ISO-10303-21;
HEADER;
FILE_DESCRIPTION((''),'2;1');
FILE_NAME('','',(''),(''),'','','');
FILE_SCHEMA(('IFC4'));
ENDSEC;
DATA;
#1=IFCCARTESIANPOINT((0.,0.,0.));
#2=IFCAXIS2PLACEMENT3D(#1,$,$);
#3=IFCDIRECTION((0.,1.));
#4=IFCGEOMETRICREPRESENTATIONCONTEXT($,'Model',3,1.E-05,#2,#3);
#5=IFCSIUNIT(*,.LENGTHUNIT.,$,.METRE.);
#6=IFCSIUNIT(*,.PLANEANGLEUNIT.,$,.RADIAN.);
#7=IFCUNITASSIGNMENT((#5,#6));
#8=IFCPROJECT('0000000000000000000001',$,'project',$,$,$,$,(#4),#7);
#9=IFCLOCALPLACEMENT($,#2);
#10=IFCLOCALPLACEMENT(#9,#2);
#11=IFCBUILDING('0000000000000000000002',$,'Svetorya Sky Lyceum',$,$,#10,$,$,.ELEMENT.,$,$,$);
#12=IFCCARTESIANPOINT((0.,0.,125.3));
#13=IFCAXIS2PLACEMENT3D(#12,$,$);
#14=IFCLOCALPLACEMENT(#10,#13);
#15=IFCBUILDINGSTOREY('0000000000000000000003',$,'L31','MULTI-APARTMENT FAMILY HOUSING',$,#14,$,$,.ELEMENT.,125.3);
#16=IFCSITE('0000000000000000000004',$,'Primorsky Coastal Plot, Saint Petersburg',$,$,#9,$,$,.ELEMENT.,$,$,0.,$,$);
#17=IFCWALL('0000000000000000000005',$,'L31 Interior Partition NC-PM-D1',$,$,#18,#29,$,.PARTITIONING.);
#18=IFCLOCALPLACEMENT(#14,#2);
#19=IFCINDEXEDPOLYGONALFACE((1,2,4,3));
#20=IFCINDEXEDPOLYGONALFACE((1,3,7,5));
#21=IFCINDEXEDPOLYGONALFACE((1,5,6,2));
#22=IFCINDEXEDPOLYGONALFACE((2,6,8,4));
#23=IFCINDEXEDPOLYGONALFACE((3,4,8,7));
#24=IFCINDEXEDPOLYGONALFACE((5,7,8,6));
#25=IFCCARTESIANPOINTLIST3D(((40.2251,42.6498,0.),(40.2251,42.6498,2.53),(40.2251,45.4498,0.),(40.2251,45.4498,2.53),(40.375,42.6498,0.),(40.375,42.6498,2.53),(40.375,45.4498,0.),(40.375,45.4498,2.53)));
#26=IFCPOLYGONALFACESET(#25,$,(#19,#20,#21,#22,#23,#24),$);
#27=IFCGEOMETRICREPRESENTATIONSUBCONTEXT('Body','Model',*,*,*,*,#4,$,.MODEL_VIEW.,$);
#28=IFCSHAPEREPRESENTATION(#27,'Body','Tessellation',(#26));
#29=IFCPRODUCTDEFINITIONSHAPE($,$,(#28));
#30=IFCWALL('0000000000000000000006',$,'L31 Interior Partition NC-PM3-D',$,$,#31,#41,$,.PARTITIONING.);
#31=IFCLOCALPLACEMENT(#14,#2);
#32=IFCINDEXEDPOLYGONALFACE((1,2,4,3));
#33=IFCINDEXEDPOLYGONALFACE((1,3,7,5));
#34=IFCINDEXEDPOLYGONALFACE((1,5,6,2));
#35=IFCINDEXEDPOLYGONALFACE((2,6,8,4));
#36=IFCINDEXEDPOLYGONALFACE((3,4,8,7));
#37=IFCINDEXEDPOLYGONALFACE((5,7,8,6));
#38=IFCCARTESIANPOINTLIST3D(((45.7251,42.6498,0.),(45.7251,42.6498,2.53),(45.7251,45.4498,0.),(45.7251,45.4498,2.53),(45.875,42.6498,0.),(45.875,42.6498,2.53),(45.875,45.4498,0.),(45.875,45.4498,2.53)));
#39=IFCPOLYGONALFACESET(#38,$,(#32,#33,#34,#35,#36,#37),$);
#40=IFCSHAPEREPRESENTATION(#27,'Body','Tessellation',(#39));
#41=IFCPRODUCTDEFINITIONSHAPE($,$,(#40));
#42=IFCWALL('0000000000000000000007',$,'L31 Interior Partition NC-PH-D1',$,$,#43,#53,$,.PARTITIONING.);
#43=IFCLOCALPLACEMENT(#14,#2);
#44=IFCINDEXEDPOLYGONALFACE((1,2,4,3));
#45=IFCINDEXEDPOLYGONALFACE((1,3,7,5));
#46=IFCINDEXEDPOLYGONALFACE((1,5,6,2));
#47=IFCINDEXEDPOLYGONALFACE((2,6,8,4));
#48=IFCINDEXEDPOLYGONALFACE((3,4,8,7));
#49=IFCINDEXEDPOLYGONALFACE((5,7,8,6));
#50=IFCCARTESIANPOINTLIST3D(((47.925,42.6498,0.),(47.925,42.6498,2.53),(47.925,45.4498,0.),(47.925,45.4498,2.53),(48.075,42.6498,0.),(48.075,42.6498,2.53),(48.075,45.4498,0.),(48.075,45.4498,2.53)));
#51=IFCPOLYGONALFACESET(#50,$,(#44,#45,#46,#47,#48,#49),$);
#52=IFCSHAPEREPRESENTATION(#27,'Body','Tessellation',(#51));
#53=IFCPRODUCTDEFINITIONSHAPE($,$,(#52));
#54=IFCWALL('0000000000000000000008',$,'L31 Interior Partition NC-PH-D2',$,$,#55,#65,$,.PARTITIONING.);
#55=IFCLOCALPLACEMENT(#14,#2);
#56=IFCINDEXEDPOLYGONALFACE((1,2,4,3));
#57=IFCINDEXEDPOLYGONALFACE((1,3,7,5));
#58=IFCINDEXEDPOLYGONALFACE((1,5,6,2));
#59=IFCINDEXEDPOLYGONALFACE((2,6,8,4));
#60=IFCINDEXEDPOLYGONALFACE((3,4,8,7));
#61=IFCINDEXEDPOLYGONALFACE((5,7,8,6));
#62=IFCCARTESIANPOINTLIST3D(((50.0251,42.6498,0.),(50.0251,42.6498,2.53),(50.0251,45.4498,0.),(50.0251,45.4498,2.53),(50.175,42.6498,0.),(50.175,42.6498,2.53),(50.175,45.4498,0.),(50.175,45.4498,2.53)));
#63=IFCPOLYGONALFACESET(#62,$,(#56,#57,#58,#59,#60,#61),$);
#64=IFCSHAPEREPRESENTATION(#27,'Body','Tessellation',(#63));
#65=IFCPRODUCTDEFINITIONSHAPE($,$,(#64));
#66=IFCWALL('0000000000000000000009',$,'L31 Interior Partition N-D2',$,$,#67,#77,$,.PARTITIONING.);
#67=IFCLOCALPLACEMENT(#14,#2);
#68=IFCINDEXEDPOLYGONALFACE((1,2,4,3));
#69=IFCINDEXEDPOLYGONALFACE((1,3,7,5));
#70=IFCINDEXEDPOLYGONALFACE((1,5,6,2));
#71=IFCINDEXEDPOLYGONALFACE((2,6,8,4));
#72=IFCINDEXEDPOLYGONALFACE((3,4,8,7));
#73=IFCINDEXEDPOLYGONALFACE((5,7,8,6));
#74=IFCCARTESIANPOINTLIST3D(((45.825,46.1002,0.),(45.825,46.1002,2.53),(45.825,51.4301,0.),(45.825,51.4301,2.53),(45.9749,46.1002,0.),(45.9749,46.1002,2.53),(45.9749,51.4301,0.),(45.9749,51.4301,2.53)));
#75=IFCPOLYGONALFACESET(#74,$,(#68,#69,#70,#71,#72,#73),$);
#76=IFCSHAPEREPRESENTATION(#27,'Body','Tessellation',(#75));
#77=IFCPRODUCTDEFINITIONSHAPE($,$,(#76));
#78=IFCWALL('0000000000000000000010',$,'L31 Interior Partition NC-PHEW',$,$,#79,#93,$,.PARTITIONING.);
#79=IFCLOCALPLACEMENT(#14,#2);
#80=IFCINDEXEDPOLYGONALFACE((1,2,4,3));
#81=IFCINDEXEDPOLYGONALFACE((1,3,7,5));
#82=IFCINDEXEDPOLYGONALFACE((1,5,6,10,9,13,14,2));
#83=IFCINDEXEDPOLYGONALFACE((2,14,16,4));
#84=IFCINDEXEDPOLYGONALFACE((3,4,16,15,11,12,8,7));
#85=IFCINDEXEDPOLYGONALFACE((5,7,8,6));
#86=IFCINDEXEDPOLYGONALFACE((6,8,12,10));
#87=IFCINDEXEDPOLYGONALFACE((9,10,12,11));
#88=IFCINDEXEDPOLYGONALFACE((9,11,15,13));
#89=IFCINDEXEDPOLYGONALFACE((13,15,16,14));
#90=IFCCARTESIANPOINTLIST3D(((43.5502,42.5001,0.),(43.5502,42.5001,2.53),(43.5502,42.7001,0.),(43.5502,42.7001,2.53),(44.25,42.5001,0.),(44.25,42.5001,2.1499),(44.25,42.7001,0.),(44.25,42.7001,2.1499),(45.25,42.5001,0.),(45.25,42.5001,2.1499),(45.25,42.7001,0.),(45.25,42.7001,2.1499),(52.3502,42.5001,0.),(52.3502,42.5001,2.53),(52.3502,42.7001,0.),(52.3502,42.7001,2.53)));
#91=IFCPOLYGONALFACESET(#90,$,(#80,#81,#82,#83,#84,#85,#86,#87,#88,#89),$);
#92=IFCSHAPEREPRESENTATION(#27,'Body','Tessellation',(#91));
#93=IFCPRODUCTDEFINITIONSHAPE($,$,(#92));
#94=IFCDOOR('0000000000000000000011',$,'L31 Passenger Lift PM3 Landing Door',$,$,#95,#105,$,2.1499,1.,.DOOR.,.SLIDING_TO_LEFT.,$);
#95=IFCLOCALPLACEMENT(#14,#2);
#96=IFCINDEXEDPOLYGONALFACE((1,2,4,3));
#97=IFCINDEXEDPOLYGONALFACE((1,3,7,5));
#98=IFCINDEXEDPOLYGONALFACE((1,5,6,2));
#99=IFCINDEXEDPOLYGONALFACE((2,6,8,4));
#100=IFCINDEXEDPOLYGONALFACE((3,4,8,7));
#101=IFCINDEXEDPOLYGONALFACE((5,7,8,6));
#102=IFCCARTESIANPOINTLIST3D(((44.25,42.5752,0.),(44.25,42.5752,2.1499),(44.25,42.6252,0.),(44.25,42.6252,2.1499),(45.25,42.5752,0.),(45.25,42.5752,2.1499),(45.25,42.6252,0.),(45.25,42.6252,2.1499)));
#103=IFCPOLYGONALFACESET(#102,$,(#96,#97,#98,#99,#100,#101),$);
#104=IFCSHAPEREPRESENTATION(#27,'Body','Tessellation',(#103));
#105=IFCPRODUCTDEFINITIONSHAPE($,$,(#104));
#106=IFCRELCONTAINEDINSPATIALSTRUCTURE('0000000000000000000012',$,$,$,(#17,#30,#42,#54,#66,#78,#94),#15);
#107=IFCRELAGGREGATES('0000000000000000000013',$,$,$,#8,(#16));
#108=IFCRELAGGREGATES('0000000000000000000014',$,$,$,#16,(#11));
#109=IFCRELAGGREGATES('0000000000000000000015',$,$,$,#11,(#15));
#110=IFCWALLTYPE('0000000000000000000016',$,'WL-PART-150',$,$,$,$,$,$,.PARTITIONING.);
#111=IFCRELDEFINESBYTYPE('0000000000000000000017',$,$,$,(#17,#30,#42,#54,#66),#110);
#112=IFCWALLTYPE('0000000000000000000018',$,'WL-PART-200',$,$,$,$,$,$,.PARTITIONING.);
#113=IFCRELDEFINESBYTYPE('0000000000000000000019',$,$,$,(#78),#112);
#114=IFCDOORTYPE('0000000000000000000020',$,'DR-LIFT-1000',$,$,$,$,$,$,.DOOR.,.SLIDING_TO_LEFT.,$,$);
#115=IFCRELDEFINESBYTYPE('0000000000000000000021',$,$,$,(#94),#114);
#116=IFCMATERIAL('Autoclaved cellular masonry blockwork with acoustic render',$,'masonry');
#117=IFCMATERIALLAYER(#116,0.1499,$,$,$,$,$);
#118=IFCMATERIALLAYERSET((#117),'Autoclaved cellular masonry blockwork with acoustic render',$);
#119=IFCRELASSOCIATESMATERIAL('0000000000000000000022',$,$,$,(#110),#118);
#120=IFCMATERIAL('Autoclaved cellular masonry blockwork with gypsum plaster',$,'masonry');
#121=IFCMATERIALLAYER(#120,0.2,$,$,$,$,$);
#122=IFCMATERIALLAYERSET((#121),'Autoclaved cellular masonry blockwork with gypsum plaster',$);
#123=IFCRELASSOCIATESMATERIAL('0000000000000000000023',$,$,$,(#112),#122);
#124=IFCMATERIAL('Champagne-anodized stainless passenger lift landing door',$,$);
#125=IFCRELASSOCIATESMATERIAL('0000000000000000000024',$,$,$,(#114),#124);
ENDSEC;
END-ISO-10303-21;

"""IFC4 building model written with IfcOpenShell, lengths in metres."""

from ifc_helpers import new_model, si_unit, direction, frame, frame_2d, origin, place, context, subcontext, project, spatial, rectangle, extrude, material, layer, layer_set, type_object, element, fill, save


model = new_model("IFC4")

# Units and contexts
model_context = context("Model", 3, precision=1e-05, world=origin(), true_north=direction((0.0, 1.0)))
body_context = subcontext(model_context, "Body", "Model", "MODEL_VIEW")
ifc_project = project(units=[si_unit("LENGTHUNIT", "METRE"), si_unit("PLANEANGLEUNIT", "RADIAN")], contexts=[model_context])

# Site, building, storey
site_placement = place(None, origin())
site = spatial("IfcSite", under=ifc_project, at=site_placement, Name="Primorsky Coastal Plot, Saint Petersburg", CompositionType="ELEMENT", RefElevation=0.0)
building_placement = place(site_placement, origin())
building = spatial("IfcBuilding", under=site, at=building_placement, Name="Svetorya Sky Lyceum", CompositionType="ELEMENT")
storey_placement = place(building_placement, frame((0.0, 0.0, 125.3)))
storey = spatial("IfcBuildingStorey", under=building, at=storey_placement, Name="L31", Description="MULTI-APARTMENT FAMILY HOUSING", CompositionType="ELEMENT", Elevation=125.3)

# Walls
ifc_material_1 = material(Name="Autoclaved cellular masonry blockwork with acoustic render", Category="masonry")
ifc_layer_1 = layer(ifc_material_1, 0.1499)
ifc_layer_set_1 = layer_set([ifc_layer_1], Name="Autoclaved cellular masonry blockwork with acoustic render")
wall_type_1 = type_object("IfcWallType", Name="WL-PART-150", PredefinedType="PARTITIONING", material=ifc_layer_set_1)
for number, where, z_axis, x_axis, name in (
    (1, (40.3, 42.6499, 0.0), (0.0, 0.0, 1.0), (0.0, 1.0, 0.0), "L31 Interior Partition NC-PM-D1"),
    (2, (45.8, 42.6499, 0.0), (0.0, 0.0, 1.0), (0.0, 1.0, 0.0), "L31 Interior Partition NC-PM3-D"),
    (3, (48.0, 42.6499, 0.0), (0.0, 0.0, 1.0), (0.0, 1.0, 0.0), "L31 Interior Partition NC-PH-D1"),
    (4, (50.1001, 42.6499, 0.0), (0.0, 0.0, 1.0), (0.0, 1.0, 0.0), "L31 Interior Partition NC-PH-D2"),
):
    element("IfcWall", number, at=place(storey_placement, frame(where, z_axis=z_axis, x_axis=x_axis)), inside=storey, type_object=wall_type_1, Name=name, PredefinedType="PARTITIONING", context=body_context, shape_type="SweptSolid", body=[
        extrude(rectangle(XDim=2.8, YDim=0.1499, at=frame_2d((1.3999, 0.0))), origin(), (0.0, 0.0, 1.0), 2.53),
    ])
wall_1_placement = place(storey_placement, frame((45.8999, 46.1001, 0.0), z_axis=(0.0, 0.0, 1.0), x_axis=(0.0, 1.0, 0.0)))
element("IfcWall", 5, at=wall_1_placement, inside=storey, type_object=wall_type_1, Name="L31 Interior Partition N-D2", PredefinedType="PARTITIONING", context=body_context, shape_type="SweptSolid", body=[
    extrude(rectangle(XDim=5.3298, YDim=0.1499, at=frame_2d((2.665, 0.0))), origin(), (0.0, 0.0, 1.0), 2.53),
])

# Wall, opening, door
ifc_material_2 = material(Name="Autoclaved cellular masonry blockwork with gypsum plaster", Category="masonry")
ifc_layer_2 = layer(ifc_material_2, 0.2)
ifc_layer_set_2 = layer_set([ifc_layer_2], Name="Autoclaved cellular masonry blockwork with gypsum plaster")
wall_type_2 = type_object("IfcWallType", Name="WL-PART-200", PredefinedType="PARTITIONING", material=ifc_layer_set_2)
wall_2_placement = place(storey_placement, frame((52.3501, 42.6001, 0.0), z_axis=(0.0, 0.0, 1.0), x_axis=(-1.0, 0.0, 0.0)))
wall_2 = element("IfcWall", 6, at=wall_2_placement, inside=storey, type_object=wall_type_2, Name="L31 Interior Partition NC-PHEW", PredefinedType="PARTITIONING", context=body_context, shape_type="SweptSolid", body=[
    extrude(rectangle(XDim=8.8, YDim=0.2, at=frame_2d((4.3999, 0.0))), origin(), (0.0, 0.0, 1.0), 2.53),
])
opening_1_placement = place(wall_2_placement, frame((7.1001, 0.0, 0.0)))
opening_1 = element("IfcOpeningElement", 7, at=opening_1_placement, cuts=wall_2, PredefinedType="OPENING", context=body_context, shape_type="SweptSolid", body=[
    extrude(rectangle(XDim=1.0, YDim=2.1499, at=frame_2d((0.5, 1.075))), frame((0.0, 0.1099, 0.0), z_axis=(0.0, -1.0, 0.0), x_axis=(1.0, 0.0, 0.0)), (0.0, 0.0, 1.0), 0.22),
])
ifc_material_3 = material(Name="Champagne-anodized stainless passenger lift landing door")
door_type = type_object("IfcDoorType", Name="DR-LIFT-1000", OperationType="SLIDING_TO_LEFT", PredefinedType="DOOR", material=ifc_material_3)
door_placement = place(opening_1_placement, origin())
door = element("IfcDoor", 8, at=door_placement, inside=storey, type_object=door_type, Name="L31 Passenger Lift PM3 Landing Door", OperationType="SLIDING_TO_LEFT", OverallHeight=2.1499, OverallWidth=1.0, PredefinedType="DOOR", context=body_context, shape_type="SweptSolid", body=[
    extrude(rectangle(XDim=1.0, YDim=2.1499, at=frame_2d((0.5, 1.075))), frame((0.0, 0.0249, 0.0), z_axis=(0.0, -1.0, 0.0), x_axis=(1.0, 0.0, 0.0)), (0.0, 0.0, 1.0), 0.05),
])
fill(opening_1, door)

save(model, "model.ifc")
